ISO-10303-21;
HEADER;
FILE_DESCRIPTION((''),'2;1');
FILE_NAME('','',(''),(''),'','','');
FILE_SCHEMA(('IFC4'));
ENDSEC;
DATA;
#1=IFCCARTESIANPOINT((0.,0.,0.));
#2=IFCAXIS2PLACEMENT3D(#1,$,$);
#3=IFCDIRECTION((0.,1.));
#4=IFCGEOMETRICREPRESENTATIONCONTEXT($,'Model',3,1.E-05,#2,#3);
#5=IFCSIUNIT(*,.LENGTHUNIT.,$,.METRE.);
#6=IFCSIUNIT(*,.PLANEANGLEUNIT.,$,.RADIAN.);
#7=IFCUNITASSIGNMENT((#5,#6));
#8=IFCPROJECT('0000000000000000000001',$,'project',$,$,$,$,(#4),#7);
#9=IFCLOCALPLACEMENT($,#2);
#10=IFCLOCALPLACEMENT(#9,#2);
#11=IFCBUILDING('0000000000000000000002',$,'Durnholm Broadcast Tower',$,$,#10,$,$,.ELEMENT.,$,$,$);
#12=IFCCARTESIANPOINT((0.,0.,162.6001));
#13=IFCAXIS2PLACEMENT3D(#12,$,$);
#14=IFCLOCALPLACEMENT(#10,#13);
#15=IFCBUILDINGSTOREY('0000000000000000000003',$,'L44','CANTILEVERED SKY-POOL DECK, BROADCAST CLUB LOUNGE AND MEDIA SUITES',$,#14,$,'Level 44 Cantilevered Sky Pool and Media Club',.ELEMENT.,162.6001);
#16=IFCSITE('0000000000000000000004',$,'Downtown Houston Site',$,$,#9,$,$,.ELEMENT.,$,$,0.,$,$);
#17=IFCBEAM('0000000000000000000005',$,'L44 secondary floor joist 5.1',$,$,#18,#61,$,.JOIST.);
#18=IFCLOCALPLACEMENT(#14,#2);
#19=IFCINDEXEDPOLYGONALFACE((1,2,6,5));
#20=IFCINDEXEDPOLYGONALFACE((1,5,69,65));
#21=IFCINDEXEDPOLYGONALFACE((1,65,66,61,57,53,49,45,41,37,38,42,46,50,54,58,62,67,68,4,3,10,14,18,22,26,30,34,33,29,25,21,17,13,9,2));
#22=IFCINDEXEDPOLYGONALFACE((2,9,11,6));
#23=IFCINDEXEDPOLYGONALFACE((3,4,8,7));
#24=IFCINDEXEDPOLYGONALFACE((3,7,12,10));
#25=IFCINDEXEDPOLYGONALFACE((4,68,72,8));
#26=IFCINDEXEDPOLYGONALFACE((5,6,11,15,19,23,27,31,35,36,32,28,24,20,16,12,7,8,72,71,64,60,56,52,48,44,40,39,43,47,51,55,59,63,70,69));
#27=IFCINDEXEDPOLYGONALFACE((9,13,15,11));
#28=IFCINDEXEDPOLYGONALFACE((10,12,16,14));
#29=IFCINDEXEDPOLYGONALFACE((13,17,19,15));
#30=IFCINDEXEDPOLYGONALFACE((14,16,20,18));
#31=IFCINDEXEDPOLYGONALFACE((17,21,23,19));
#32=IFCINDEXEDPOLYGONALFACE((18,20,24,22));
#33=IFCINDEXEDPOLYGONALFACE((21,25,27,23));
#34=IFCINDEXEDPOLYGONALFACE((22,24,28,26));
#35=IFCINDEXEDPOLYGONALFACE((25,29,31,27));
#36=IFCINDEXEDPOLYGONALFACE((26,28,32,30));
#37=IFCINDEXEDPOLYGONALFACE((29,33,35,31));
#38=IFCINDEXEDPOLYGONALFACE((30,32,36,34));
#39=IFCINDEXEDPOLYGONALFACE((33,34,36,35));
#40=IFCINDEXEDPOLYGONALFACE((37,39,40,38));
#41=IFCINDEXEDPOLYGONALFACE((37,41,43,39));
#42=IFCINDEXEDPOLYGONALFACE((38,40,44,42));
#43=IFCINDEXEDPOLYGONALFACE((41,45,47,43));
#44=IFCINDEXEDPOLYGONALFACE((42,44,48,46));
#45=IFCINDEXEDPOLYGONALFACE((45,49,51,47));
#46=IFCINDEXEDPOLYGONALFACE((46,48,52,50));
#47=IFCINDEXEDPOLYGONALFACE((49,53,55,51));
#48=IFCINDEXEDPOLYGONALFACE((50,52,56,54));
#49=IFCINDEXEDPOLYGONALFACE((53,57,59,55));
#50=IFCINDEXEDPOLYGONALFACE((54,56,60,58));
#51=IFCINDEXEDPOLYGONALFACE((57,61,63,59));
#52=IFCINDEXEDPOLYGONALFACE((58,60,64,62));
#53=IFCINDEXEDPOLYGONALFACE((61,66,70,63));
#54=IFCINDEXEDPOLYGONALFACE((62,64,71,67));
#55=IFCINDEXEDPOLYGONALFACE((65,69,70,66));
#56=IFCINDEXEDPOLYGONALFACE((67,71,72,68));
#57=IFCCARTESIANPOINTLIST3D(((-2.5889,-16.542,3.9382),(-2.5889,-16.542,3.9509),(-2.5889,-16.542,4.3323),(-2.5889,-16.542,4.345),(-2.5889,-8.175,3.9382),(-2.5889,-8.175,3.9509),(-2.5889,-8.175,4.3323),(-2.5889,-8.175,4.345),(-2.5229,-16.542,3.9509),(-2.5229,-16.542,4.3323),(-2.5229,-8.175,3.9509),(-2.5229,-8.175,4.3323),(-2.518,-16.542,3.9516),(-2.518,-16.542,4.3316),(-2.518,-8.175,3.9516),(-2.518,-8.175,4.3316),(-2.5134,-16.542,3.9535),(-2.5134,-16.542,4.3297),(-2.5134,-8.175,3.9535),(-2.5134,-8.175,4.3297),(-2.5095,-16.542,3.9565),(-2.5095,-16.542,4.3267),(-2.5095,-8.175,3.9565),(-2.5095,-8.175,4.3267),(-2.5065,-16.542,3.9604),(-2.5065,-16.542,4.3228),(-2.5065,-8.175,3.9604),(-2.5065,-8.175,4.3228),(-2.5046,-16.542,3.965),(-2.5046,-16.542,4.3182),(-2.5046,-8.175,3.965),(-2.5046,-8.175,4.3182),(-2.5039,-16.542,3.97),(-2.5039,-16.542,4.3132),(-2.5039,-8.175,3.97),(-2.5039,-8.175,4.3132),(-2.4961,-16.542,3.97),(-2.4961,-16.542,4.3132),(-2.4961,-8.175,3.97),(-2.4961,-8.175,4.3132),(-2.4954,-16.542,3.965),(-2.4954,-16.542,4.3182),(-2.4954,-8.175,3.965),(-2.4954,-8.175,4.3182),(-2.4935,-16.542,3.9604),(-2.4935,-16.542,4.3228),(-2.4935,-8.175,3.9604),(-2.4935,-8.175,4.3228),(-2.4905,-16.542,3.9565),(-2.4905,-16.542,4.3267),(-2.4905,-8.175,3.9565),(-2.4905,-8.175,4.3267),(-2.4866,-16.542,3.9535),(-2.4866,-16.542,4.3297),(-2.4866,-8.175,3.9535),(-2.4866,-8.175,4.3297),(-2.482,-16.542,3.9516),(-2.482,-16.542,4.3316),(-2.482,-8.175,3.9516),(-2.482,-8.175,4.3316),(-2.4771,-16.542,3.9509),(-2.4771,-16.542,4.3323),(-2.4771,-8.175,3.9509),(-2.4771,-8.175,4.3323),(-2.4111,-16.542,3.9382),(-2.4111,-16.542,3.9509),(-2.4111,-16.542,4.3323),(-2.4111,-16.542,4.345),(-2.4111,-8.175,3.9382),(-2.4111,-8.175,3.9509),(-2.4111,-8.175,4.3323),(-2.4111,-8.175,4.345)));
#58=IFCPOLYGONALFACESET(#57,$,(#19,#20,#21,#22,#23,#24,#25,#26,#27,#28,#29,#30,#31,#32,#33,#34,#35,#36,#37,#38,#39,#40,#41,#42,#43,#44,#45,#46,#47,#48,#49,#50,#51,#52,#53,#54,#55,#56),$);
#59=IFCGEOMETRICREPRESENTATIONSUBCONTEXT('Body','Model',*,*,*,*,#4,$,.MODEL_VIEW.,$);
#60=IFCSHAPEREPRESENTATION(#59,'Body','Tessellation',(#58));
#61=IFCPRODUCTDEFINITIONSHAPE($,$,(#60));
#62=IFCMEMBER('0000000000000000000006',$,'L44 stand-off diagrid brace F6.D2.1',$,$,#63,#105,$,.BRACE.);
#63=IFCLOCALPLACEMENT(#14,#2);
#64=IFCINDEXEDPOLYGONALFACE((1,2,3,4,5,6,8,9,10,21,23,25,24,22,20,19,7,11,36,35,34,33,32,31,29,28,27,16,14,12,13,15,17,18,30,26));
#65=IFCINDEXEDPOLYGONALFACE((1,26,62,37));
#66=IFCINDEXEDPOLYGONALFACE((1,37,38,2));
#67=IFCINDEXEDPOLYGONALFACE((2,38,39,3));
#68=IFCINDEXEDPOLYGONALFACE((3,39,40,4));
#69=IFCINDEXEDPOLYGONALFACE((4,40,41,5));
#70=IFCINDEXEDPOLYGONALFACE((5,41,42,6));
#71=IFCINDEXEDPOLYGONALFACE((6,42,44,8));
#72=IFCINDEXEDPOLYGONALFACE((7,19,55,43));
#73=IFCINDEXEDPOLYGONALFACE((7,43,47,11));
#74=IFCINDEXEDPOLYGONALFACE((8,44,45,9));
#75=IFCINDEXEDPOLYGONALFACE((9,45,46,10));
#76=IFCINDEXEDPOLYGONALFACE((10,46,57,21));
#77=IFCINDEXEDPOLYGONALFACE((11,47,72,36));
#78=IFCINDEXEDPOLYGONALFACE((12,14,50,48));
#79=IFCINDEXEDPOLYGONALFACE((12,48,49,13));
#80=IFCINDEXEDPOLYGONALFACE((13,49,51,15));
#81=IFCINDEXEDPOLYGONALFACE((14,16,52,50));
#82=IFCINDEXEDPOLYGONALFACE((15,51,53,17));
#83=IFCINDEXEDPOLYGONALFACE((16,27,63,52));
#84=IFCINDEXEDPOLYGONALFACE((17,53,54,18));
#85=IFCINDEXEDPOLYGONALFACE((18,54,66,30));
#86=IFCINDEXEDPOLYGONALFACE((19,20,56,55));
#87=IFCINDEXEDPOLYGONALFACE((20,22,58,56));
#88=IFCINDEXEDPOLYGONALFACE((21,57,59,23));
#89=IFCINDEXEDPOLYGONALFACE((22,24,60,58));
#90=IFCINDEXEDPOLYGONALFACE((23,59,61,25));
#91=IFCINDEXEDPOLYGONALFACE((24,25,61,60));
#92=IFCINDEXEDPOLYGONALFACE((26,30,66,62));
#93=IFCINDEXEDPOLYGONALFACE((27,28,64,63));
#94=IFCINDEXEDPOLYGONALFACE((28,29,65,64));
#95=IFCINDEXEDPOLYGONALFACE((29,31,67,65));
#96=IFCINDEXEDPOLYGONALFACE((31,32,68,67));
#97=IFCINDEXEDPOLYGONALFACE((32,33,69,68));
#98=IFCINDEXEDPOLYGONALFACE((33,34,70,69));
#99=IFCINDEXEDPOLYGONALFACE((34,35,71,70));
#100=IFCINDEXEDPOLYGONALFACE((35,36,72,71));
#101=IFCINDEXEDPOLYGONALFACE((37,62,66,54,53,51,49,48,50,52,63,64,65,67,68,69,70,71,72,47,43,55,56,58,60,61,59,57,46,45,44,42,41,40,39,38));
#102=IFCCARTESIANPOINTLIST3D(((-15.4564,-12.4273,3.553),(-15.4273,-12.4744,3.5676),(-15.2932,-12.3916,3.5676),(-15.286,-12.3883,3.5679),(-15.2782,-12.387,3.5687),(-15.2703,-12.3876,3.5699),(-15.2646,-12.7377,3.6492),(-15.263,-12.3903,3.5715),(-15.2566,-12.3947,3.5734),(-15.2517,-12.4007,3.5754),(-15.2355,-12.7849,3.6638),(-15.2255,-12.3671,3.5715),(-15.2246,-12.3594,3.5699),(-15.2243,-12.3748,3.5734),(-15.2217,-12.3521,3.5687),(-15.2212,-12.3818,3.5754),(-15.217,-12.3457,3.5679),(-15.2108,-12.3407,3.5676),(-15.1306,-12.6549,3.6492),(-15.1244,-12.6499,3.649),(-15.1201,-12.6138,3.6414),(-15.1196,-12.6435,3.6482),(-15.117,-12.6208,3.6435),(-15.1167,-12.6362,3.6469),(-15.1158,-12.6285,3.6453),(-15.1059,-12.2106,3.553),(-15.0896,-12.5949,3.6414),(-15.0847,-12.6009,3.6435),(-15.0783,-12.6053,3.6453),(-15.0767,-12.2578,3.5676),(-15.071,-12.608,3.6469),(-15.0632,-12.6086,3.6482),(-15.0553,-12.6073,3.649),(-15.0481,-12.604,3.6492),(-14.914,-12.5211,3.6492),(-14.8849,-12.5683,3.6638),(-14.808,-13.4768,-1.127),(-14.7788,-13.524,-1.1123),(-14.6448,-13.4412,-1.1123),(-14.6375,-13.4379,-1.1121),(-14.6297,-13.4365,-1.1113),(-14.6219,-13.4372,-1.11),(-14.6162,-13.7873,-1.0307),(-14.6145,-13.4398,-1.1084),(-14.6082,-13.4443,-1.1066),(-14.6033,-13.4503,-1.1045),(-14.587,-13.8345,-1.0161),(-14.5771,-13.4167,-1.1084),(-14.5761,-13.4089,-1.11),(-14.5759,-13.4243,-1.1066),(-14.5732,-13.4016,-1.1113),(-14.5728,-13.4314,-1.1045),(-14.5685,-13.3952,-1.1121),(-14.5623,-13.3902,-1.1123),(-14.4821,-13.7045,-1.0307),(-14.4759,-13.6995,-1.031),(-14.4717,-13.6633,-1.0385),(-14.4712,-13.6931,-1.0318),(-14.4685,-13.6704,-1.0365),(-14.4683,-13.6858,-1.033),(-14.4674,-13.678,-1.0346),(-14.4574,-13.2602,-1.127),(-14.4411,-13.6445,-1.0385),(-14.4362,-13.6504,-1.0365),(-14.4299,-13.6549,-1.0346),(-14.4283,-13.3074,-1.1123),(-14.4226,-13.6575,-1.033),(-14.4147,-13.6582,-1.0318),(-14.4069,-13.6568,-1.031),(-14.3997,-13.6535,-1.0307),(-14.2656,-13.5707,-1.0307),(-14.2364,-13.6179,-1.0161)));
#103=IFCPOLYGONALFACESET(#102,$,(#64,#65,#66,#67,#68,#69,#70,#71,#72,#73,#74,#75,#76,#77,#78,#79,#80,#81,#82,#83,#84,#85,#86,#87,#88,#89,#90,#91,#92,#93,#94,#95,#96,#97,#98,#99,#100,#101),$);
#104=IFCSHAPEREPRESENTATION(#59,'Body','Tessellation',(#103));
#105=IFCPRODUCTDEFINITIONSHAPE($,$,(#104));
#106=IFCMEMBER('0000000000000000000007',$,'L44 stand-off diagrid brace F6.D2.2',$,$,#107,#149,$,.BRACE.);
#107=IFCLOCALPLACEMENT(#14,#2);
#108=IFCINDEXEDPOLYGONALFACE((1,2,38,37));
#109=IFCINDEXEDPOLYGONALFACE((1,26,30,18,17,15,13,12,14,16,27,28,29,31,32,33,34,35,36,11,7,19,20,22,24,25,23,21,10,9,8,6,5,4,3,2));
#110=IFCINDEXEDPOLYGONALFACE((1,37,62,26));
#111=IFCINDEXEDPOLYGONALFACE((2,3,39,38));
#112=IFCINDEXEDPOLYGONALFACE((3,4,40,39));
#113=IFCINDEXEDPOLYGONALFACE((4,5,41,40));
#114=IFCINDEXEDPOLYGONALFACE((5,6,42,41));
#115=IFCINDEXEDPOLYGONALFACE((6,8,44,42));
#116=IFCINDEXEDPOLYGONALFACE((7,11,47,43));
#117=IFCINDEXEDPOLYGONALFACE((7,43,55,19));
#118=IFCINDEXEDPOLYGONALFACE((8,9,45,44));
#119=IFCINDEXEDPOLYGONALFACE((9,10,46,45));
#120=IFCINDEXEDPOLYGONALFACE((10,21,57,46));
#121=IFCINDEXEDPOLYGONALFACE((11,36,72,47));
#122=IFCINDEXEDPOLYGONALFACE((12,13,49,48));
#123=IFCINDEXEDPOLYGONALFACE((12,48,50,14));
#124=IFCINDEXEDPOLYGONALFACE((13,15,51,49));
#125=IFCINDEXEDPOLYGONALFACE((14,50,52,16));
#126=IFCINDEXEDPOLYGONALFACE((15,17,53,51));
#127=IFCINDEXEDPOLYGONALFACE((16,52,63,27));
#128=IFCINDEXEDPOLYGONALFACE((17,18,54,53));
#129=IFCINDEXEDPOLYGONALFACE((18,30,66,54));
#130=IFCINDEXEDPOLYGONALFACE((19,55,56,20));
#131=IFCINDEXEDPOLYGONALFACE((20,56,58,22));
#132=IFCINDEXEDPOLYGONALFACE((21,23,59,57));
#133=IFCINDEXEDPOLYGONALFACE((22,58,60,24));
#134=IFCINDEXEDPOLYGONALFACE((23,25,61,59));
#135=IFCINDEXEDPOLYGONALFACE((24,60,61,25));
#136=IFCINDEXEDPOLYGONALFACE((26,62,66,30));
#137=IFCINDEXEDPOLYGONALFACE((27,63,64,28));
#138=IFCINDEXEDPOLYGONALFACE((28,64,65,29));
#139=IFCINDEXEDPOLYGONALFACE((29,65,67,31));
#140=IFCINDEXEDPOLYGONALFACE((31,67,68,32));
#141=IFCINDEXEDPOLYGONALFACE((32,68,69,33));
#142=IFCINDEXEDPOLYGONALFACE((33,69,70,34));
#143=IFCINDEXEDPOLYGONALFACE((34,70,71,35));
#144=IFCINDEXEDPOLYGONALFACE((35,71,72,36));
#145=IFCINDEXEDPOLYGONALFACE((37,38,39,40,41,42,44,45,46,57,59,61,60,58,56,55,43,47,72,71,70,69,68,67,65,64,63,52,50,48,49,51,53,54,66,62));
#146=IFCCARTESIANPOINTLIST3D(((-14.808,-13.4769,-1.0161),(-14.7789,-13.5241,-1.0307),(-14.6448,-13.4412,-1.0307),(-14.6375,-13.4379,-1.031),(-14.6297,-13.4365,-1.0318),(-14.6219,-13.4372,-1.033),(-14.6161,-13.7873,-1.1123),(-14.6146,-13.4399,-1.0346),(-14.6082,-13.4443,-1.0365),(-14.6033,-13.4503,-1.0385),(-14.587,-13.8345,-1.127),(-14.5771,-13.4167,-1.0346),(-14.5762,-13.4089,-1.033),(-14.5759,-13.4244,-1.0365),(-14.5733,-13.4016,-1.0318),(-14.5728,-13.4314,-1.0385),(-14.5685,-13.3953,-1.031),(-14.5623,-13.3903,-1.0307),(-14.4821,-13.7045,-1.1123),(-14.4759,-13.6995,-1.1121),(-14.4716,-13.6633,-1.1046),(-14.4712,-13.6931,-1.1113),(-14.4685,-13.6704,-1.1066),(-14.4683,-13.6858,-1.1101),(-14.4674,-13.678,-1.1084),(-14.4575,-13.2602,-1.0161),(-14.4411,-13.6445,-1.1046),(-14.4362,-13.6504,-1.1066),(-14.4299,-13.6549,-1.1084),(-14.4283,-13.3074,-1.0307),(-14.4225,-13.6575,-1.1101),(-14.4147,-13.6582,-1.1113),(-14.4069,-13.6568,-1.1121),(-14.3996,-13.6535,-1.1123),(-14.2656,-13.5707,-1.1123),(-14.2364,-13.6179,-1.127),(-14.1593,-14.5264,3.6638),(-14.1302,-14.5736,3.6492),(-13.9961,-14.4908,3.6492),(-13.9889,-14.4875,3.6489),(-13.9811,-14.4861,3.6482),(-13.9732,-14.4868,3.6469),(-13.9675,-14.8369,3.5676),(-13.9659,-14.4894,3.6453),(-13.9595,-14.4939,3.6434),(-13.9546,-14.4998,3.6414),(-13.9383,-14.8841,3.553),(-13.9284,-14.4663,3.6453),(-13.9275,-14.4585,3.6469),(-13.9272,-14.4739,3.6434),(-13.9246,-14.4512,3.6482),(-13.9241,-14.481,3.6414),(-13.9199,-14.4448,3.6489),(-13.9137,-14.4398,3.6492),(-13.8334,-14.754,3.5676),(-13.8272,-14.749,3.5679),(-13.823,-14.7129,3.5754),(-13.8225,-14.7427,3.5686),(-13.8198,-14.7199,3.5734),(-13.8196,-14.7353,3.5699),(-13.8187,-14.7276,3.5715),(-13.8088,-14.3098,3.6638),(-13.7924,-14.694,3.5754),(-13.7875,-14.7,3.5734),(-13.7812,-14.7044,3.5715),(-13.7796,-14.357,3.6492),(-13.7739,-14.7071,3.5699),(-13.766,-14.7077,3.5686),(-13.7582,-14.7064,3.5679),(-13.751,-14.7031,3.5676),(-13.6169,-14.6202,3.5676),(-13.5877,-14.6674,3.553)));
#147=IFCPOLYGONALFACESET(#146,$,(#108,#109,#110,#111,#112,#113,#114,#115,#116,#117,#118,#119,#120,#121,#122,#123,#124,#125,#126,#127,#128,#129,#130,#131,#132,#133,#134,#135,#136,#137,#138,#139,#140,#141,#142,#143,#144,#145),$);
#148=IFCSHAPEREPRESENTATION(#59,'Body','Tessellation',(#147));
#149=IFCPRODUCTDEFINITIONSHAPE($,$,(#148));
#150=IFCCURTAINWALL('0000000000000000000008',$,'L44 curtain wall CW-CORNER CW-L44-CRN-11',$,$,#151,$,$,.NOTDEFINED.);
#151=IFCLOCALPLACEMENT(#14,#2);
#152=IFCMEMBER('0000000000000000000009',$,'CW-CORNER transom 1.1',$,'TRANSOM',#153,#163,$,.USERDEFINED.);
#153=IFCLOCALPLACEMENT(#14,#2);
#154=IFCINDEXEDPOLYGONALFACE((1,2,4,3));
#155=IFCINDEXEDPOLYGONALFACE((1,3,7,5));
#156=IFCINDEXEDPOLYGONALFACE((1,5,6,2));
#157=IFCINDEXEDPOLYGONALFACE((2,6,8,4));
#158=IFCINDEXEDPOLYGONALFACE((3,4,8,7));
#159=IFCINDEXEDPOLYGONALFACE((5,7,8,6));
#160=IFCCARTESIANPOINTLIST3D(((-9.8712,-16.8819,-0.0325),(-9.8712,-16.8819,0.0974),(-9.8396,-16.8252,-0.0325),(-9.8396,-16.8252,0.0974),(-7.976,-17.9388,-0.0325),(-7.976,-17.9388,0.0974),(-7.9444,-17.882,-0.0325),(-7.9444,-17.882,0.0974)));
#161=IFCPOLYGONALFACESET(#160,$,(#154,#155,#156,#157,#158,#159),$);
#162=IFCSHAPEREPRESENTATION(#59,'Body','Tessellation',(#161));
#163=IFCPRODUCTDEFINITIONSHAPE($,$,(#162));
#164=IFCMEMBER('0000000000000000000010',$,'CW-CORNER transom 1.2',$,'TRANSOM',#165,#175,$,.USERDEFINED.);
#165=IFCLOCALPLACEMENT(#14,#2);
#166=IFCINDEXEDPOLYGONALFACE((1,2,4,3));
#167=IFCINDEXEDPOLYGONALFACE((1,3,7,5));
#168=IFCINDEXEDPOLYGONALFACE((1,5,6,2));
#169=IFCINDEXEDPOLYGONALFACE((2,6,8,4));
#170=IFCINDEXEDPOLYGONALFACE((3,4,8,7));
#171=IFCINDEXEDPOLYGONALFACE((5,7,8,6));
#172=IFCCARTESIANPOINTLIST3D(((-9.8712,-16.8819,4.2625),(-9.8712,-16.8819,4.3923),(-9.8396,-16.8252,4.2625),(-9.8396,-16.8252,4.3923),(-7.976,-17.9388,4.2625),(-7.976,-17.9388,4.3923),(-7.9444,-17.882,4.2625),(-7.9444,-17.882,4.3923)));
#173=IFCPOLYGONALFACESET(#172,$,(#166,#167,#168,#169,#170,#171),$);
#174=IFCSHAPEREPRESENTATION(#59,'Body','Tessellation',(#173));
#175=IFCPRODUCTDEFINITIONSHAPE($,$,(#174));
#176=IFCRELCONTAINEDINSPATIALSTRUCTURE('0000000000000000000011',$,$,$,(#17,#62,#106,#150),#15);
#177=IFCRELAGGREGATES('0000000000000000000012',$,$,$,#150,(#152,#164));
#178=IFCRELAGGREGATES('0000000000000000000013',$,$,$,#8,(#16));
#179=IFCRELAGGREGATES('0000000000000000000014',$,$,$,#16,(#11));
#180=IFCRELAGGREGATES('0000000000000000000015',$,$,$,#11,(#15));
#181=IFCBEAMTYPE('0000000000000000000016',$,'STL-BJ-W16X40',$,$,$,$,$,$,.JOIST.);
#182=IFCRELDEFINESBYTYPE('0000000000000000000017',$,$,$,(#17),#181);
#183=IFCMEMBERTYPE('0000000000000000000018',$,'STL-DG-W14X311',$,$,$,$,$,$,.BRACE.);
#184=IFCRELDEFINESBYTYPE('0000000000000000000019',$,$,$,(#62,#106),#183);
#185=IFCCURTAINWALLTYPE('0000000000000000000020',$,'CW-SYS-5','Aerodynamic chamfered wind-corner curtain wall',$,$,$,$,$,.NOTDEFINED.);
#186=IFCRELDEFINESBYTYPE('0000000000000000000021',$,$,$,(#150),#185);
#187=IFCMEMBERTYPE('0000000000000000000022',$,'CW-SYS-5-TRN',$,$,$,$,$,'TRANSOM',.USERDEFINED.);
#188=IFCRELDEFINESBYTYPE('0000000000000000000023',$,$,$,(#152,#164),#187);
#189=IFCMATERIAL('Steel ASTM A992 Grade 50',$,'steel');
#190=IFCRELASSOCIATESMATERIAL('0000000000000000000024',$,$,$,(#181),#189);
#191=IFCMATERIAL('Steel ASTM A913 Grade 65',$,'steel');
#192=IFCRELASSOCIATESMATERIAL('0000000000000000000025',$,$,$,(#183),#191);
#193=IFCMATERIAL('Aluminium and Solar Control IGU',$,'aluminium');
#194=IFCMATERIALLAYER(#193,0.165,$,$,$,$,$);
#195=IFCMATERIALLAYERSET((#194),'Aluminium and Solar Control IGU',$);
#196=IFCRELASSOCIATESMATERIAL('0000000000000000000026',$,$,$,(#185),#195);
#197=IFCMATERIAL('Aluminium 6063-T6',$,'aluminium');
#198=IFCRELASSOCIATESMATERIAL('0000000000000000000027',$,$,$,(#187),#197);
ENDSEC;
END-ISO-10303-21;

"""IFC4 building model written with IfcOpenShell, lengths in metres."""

from ifc_helpers import new_model, si_unit, direction, frame, origin, origin_2d, place, context, subcontext, project, spatial, rectangle, i_section, extrude, source, transform, mapped, material, layer, layer_set, material_profile, profile_set, type_object, type_shapes, element, aggregate, save


model = new_model("IFC4")

# Units and contexts
model_context = context("Model", 3, precision=1e-05, world=origin(), true_north=direction((0.0, 1.0)))
body_context = subcontext(model_context, "Body", "Model", "MODEL_VIEW")
ifc_project = project(units=[si_unit("LENGTHUNIT", "METRE"), si_unit("PLANEANGLEUNIT", "RADIAN")], contexts=[model_context])

# Site, building, storey
site_placement = place(None, origin())
site = spatial("IfcSite", under=ifc_project, at=site_placement, Name="Downtown Houston Site", CompositionType="ELEMENT", RefElevation=0.0)
building_placement = place(site_placement, origin())
building = spatial("IfcBuilding", under=site, at=building_placement, Name="Durnholm Broadcast Tower", CompositionType="ELEMENT")
storey_placement = place(building_placement, frame((0.0, 0.0, 162.6001)))
storey = spatial("IfcBuildingStorey", under=building, at=storey_placement, Name="L44", Description="CANTILEVERED SKY-POOL DECK, BROADCAST CLUB LOUNGE AND MEDIA SUITES", LongName="Level 44 Cantilevered Sky Pool and Media Club", CompositionType="ELEMENT", Elevation=162.6001)

# Beam
ifc_material_1 = material(Name="Steel ASTM A992 Grade 50", Category="steel")
ifc_material_profile_1 = material_profile(ifc_material_1, i_section(OverallWidth=0.1777, OverallDepth=0.4067, WebThickness=0.0078, FlangeThickness=0.0127, FilletRadius=0.019, at=origin_2d()), Name="W16X40")
ifc_profile_set_1 = profile_set([ifc_material_profile_1], Name="Steel ASTM A992 Grade 50")
beam_type_1 = type_object("IfcBeamType", Name="STL-BJ-W16X40", PredefinedType="JOIST", material=ifc_profile_set_1)
shared_shape_1 = source(origin(), body_context, "Body", "SweptSolid", [
    extrude(i_section(OverallWidth=0.1777, OverallDepth=0.4067, WebThickness=0.0078, FlangeThickness=0.0127, FilletRadius=0.019, at=origin_2d()), origin(), (0.0, 0.0, 1.0), 8.3669),
])
type_shapes(beam_type_1, [shared_shape_1])
beam_1_placement = place(storey_placement, frame((-2.5, -16.542, 4.1416), z_axis=(0.0, 1.0, 0.0), x_axis=(-1.0, 0.0, 0.0)))
element("IfcBeam", 1, at=beam_1_placement, inside=storey, type_object=beam_type_1, Name="L44 secondary floor joist 5.1", PredefinedType="JOIST", context=body_context, shape_type="MappedRepresentation", body=[
    mapped(shared_shape_1, transform((0.0, 0.0, 0.0), x_axis=(1.0, 0.0, 0.0), y_axis=(0.0, 1.0, 0.0), z_axis=(0.0, 0.0, 1.0), scale=1.0)),
])

# Members
ifc_material_2 = material(Name="Steel ASTM A913 Grade 65", Category="steel")
ifc_material_profile_2 = material_profile(ifc_material_2, i_section(OverallWidth=0.4121, OverallDepth=0.4348, WebThickness=0.0359, FlangeThickness=0.0574, FilletRadius=0.0305, at=origin_2d()), Name="W14X311")
ifc_profile_set_2 = profile_set([ifc_material_profile_2], Name="Steel ASTM A913 Grade 65")
member_type_1 = type_object("IfcMemberType", Name="STL-DG-W14X311", PredefinedType="BRACE", material=ifc_profile_set_2)
shared_shape_2 = source(origin(), body_context, "Body", "SweptSolid", [
    extrude(i_section(OverallWidth=0.4121, OverallDepth=0.4348, WebThickness=0.0359, FlangeThickness=0.0574, FilletRadius=0.0305, at=origin_2d()), origin(), (0.0, 0.0, 1.0), 4.8398),
])
type_shapes(member_type_1, [shared_shape_2])
for number, where, z_axis, x_axis, name in (
    (2, (-14.5222, -13.5474, -1.0715), (-0.13398, 0.21686, 0.966965), (-0.850733, -0.525598, 0.0), "L44 stand-off diagrid brace F6.D2.1"),
    (3, (-14.5222, -13.5474, -1.0715), (0.134029, -0.216858, 0.966958), (0.850644, 0.525741, 0.0), "L44 stand-off diagrid brace F6.D2.2"),
):
    element("IfcMember", number, at=place(storey_placement, frame(where, z_axis=z_axis, x_axis=x_axis)), inside=storey, type_object=member_type_1, Name=name, PredefinedType="BRACE", context=body_context, shape_type="MappedRepresentation", body=[
        mapped(shared_shape_2, transform((0.0, 0.0, 0.0), x_axis=(1.0, 0.0, 0.0), y_axis=(0.0, 1.0, 0.0), z_axis=(0.0, 0.0, 1.0), scale=1.0)),
    ])

# Curtain wall, members
ifc_material_3 = material(Name="Aluminium and Solar Control IGU", Category="aluminium")
ifc_layer_1 = layer(ifc_material_3, 0.165)
ifc_layer_set_1 = layer_set([ifc_layer_1], Name="Aluminium and Solar Control IGU")
curtain_wall_type_1 = type_object("IfcCurtainWallType", Name="CW-SYS-5", Description="Aerodynamic chamfered wind-corner curtain wall", PredefinedType="NOTDEFINED", material=ifc_layer_set_1)
curtain_wall_1_placement = place(storey_placement, origin())
curtain_wall_1 = element("IfcCurtainWall", 4, at=curtain_wall_1_placement, inside=storey, type_object=curtain_wall_type_1, Name="L44 curtain wall CW-CORNER CW-L44-CRN-11", PredefinedType="NOTDEFINED")
ifc_material_4 = material(Name="Aluminium 6063-T6", Category="aluminium")
ifc_material_profile_3 = material_profile(ifc_material_4, rectangle(XDim=0.0649, YDim=0.1299, at=origin_2d()), Name="CWT65X130")
ifc_profile_set_3 = profile_set([ifc_material_profile_3], Name="Aluminium 6063-T6")
member_type_2 = type_object("IfcMemberType", Name="CW-SYS-5-TRN", ElementType="TRANSOM", PredefinedType="USERDEFINED", material=ifc_profile_set_3)
shared_shape_3 = source(origin(), body_context, "Body", "SweptSolid", [
    extrude(rectangle(XDim=0.0649, YDim=0.1299, at=origin_2d()), origin(), (0.0, 0.0, 1.0), 2.1699),
])
type_shapes(member_type_2, [shared_shape_3])
member_1_placement = place(storey_placement, frame((-7.9602, -17.9104, 0.0325), z_axis=(-0.873381, 0.487037, 0.0), x_axis=(-0.487037, -0.873381, 0.0)))
member_1 = element("IfcMember", 5, at=member_1_placement, type_object=member_type_2, Name="CW-CORNER transom 1.1", ObjectType="TRANSOM", PredefinedType="USERDEFINED", context=body_context, shape_type="MappedRepresentation", body=[
    mapped(shared_shape_3, transform((0.0, 0.0, 0.0), x_axis=(1.0, 0.0, 0.0), y_axis=(0.0, 1.0, 0.0), z_axis=(0.0, 0.0, 1.0), scale=1.0)),
])
member_2_placement = place(storey_placement, frame((-7.9602, -17.9104, 4.3274), z_axis=(-0.873381, 0.487037, 0.0), x_axis=(-0.487037, -0.873381, 0.0)))
member_2 = element("IfcMember", 6, at=member_2_placement, type_object=member_type_2, Name="CW-CORNER transom 1.2", ObjectType="TRANSOM", PredefinedType="USERDEFINED", context=body_context, shape_type="MappedRepresentation", body=[
    mapped(shared_shape_3, transform((0.0, 0.0, 0.0), x_axis=(1.0, 0.0, 0.0), y_axis=(0.0, 1.0, 0.0), z_axis=(0.0, 0.0, 1.0), scale=1.0)),
])

aggregate(curtain_wall_1, [member_1, member_2])

save(model, "model.ifc")
